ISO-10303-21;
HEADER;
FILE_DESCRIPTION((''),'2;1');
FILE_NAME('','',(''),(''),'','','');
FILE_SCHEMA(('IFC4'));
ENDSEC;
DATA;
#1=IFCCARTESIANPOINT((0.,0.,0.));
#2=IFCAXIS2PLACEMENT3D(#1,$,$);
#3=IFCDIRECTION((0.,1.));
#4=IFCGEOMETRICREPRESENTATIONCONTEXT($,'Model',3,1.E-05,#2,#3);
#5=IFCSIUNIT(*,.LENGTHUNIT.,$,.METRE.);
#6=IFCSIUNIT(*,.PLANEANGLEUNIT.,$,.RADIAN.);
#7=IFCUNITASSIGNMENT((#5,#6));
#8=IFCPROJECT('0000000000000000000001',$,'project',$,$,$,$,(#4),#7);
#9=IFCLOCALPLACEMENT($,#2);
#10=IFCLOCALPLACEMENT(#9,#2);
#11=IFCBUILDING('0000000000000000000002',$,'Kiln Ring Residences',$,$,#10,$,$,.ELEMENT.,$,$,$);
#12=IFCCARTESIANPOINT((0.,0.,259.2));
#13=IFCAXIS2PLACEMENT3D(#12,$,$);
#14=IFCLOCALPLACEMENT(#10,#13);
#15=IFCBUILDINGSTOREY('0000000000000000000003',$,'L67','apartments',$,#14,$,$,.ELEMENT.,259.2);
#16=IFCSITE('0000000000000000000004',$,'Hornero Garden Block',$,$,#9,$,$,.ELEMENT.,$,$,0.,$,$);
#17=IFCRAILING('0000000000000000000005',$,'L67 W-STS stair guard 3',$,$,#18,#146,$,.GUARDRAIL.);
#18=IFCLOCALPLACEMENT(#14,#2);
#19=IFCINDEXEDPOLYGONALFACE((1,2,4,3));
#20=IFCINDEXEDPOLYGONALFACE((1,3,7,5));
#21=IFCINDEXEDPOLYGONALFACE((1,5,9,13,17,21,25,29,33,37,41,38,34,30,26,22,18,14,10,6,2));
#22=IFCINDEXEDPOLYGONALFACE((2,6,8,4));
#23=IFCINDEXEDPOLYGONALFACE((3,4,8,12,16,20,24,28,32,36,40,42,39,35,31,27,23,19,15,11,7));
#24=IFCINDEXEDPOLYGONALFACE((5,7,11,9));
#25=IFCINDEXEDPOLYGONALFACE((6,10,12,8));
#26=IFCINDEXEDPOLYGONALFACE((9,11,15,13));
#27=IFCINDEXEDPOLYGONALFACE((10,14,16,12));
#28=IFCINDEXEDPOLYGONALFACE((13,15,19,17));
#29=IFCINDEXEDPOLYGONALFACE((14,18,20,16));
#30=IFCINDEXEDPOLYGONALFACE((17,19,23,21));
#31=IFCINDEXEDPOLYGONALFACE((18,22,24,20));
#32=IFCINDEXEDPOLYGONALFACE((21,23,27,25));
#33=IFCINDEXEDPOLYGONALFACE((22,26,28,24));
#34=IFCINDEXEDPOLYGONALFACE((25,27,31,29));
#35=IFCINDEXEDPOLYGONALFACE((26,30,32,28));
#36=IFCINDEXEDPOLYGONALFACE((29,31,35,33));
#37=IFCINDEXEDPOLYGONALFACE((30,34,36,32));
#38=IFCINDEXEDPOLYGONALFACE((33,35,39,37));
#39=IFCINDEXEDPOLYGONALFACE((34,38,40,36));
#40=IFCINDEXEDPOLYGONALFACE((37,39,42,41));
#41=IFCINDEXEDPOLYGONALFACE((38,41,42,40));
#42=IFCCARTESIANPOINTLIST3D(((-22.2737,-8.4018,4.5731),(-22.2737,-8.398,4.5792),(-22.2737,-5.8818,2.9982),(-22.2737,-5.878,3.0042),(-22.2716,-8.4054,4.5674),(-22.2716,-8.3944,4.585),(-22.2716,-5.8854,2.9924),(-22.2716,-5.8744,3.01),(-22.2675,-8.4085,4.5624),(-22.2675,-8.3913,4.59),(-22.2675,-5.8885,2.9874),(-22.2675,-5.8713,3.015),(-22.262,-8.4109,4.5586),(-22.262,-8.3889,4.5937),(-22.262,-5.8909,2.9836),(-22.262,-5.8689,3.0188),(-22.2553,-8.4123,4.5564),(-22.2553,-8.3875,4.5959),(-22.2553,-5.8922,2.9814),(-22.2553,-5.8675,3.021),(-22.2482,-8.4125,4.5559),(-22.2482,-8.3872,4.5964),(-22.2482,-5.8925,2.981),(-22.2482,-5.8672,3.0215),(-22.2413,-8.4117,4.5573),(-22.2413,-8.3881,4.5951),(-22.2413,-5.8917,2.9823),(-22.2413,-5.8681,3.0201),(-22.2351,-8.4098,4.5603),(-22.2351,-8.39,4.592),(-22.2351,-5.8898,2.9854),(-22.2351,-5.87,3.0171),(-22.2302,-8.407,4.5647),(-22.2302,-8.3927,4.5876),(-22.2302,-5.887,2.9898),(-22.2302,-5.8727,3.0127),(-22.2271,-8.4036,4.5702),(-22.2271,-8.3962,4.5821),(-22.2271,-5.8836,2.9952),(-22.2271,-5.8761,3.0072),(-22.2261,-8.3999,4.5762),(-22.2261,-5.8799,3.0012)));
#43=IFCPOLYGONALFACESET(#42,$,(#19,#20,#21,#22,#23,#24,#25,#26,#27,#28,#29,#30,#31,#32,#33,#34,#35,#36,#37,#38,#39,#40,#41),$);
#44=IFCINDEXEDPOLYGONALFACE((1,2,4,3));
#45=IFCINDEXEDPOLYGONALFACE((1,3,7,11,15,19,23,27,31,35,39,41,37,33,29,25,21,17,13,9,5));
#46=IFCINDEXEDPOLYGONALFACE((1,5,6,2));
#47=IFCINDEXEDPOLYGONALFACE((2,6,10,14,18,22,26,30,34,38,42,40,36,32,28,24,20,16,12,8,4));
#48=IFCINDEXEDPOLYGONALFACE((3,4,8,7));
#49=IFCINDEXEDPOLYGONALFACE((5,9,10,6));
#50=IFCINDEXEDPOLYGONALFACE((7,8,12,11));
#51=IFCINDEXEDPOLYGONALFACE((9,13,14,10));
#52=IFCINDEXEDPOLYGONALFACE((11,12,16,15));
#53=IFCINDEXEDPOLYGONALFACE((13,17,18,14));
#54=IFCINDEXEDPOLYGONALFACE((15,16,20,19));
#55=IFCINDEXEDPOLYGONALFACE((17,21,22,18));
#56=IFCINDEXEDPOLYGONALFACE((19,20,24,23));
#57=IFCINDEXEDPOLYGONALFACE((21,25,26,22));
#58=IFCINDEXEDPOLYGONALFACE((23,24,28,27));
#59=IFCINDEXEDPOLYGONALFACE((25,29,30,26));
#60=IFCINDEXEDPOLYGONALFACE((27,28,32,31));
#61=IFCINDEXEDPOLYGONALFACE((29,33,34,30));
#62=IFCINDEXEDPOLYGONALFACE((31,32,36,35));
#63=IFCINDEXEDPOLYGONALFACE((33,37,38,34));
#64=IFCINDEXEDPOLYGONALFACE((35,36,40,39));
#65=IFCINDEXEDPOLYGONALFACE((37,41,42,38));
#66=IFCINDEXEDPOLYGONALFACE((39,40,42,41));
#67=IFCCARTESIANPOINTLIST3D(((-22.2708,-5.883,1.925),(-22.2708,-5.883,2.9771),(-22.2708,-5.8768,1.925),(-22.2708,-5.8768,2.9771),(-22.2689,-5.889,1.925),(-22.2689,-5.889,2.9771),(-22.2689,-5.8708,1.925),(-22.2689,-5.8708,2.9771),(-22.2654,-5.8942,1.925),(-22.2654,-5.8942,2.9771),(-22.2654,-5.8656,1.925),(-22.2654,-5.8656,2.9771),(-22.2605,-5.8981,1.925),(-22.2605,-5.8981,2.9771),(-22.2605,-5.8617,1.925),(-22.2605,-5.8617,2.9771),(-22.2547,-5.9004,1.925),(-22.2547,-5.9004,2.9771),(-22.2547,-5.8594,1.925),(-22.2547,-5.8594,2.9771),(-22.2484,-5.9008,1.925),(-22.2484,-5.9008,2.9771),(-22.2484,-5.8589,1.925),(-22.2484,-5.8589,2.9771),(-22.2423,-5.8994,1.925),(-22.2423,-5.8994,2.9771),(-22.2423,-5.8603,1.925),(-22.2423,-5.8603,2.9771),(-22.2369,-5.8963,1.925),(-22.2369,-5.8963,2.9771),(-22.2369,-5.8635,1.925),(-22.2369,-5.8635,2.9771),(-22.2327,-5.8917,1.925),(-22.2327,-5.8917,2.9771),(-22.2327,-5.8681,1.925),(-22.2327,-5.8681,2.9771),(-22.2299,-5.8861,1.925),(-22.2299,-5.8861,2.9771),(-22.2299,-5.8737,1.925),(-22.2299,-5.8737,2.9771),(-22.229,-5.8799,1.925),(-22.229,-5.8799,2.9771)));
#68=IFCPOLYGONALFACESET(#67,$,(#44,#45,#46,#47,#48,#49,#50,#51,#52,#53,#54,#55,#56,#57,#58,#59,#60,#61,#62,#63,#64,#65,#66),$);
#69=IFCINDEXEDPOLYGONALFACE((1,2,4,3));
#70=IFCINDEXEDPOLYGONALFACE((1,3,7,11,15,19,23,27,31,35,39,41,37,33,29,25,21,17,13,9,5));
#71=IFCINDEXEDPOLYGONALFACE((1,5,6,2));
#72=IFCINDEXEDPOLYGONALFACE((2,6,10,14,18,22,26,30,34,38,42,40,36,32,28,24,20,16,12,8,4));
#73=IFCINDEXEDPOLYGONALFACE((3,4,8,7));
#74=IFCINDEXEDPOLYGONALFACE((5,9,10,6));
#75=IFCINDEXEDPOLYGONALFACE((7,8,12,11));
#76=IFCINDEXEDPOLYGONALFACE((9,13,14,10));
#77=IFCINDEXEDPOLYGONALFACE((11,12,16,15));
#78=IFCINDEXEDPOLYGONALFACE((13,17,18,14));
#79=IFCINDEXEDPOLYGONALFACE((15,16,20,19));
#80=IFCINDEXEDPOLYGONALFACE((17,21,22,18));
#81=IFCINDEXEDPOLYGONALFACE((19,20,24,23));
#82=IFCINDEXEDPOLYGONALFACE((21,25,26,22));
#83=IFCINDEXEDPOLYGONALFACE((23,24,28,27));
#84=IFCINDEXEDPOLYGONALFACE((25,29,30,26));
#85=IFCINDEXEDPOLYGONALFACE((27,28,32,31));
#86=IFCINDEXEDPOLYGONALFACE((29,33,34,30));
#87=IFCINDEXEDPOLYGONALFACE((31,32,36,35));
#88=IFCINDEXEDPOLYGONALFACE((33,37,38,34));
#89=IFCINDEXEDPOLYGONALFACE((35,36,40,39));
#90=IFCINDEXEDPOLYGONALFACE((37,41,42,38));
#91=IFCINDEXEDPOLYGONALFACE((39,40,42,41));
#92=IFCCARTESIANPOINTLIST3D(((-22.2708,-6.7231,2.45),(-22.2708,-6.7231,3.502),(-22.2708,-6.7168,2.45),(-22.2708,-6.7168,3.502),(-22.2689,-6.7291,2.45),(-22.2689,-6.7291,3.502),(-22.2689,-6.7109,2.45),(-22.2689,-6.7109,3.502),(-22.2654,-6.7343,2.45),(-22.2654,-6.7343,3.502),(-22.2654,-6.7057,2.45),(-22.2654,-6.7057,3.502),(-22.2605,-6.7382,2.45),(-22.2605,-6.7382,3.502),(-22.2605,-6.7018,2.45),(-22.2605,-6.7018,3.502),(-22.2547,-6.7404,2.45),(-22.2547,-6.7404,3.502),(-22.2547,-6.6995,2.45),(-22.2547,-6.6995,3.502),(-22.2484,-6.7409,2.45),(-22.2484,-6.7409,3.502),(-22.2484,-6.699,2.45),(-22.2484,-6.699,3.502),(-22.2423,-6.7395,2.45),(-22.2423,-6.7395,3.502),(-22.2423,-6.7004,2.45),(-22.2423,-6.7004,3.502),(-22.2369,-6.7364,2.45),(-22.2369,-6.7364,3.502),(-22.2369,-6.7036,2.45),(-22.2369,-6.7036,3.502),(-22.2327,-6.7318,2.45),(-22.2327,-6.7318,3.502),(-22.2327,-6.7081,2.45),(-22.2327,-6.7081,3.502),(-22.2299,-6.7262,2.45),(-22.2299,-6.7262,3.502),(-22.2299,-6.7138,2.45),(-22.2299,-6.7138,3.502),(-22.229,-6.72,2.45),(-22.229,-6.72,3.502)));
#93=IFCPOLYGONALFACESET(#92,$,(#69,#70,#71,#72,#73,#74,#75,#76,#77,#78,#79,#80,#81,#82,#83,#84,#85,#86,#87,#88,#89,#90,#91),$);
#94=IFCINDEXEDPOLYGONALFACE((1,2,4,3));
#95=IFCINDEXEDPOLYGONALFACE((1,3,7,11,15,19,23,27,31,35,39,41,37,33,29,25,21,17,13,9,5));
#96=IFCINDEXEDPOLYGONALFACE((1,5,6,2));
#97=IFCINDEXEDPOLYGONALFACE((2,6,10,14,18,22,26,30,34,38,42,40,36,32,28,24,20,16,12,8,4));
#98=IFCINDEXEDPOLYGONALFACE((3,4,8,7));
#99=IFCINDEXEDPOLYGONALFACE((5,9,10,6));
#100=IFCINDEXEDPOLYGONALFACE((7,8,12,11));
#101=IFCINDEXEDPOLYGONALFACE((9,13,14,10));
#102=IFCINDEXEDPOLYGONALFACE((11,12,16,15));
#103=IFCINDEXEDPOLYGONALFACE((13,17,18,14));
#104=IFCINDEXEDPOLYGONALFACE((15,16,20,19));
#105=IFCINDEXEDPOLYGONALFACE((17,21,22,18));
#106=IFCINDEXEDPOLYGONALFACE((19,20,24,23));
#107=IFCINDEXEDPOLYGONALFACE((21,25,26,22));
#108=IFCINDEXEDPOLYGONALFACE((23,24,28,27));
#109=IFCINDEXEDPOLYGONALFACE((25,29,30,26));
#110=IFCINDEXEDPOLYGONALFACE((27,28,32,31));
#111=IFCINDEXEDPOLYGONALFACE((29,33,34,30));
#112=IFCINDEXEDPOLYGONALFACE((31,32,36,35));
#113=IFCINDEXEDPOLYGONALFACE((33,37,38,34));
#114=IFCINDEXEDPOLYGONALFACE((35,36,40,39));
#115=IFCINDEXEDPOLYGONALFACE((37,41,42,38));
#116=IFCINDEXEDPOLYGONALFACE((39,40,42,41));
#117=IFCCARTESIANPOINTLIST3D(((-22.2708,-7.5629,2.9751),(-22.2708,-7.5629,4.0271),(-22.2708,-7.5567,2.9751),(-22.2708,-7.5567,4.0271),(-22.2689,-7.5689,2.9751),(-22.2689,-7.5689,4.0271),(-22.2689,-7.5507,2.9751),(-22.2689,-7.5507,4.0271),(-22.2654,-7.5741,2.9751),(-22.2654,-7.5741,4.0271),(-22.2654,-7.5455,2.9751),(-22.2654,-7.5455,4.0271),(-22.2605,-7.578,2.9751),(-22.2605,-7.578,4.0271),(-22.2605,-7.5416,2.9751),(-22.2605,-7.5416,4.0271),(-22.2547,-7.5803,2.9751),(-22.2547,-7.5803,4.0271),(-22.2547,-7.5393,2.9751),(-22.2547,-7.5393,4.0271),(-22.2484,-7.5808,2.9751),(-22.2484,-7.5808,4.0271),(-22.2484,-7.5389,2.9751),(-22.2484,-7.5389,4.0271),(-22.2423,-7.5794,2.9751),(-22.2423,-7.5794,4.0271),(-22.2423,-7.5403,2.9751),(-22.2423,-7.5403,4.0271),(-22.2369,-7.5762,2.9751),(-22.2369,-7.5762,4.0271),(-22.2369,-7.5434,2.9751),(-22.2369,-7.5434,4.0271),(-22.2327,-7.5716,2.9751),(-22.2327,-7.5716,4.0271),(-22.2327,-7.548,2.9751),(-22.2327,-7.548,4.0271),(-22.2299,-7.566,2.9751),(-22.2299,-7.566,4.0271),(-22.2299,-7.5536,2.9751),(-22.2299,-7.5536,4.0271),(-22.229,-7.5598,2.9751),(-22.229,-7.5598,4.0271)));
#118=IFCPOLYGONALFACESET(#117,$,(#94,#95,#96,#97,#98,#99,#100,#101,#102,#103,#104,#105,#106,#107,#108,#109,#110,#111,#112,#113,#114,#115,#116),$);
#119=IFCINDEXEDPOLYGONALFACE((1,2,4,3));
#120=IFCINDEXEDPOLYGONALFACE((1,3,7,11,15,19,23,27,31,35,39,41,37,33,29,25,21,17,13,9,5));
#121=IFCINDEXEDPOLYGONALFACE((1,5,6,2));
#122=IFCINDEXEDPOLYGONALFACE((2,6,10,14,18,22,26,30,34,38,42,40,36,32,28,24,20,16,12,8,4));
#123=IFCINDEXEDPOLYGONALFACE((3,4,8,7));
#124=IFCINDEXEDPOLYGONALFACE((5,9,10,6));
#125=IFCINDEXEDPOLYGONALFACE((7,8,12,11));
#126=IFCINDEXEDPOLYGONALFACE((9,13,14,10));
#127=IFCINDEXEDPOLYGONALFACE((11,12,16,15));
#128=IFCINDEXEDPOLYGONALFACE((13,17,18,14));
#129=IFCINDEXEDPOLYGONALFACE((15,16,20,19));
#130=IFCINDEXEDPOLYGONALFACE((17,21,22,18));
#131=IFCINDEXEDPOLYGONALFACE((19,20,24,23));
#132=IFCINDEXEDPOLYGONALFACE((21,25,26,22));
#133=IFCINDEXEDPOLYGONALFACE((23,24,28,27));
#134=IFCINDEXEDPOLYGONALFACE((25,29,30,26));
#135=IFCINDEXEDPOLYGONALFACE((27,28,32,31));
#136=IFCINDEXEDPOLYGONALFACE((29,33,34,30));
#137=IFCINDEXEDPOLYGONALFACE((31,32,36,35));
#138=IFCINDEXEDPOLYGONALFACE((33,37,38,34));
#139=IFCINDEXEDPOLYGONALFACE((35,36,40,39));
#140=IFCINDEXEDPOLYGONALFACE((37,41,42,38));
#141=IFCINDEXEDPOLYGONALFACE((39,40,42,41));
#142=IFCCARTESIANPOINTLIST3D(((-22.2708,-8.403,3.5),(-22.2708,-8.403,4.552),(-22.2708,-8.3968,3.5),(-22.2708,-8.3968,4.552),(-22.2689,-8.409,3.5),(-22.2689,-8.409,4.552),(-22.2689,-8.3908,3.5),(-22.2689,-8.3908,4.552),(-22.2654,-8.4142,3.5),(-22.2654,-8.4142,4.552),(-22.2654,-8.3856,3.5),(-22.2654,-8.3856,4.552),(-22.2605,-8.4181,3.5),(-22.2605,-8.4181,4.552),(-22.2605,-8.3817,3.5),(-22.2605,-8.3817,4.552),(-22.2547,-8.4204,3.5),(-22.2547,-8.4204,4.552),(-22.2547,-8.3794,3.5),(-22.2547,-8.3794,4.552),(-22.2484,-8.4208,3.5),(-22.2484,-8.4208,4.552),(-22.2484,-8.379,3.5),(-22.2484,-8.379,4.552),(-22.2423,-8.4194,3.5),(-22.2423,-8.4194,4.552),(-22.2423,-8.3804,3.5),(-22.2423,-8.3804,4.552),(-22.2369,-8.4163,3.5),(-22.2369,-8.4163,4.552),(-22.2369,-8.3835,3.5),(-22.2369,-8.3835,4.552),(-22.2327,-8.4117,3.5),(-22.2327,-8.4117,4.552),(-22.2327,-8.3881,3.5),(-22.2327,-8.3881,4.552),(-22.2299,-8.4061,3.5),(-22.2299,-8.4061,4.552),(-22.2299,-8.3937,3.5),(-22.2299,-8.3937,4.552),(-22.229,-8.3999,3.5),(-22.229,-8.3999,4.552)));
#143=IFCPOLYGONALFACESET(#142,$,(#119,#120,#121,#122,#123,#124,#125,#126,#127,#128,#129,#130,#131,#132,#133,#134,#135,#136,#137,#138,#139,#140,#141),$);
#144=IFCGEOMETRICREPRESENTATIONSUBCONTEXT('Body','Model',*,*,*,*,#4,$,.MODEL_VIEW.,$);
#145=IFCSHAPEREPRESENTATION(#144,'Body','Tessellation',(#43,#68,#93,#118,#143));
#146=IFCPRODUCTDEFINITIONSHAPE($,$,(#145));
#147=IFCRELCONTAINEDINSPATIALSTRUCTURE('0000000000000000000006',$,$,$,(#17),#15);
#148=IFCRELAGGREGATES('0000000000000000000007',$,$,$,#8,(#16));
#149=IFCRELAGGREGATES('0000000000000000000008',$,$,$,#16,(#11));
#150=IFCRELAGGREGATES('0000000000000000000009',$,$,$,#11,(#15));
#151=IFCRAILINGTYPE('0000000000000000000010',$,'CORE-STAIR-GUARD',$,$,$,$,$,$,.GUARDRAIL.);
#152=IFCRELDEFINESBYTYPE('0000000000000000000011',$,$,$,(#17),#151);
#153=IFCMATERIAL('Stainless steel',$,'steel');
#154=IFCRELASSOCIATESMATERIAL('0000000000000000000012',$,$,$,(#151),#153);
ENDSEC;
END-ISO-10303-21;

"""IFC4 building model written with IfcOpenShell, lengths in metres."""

from ifc_helpers import new_model, si_unit, direction, frame, origin, origin_2d, place, context, subcontext, project, spatial, circle, extrude, material, type_object, element, save


model = new_model("IFC4")

# Units and contexts
model_context = context("Model", 3, precision=1e-05, world=origin(), true_north=direction((0.0, 1.0)))
body_context = subcontext(model_context, "Body", "Model", "MODEL_VIEW")
ifc_project = project(units=[si_unit("LENGTHUNIT", "METRE"), si_unit("PLANEANGLEUNIT", "RADIAN")], contexts=[model_context])

# Site, building, storey
site_placement = place(None, origin())
site = spatial("IfcSite", under=ifc_project, at=site_placement, Name="Hornero Garden Block", CompositionType="ELEMENT", RefElevation=0.0)
building_placement = place(site_placement, origin())
building = spatial("IfcBuilding", under=site, at=building_placement, Name="Kiln Ring Residences", CompositionType="ELEMENT")
storey_placement = place(building_placement, frame((0.0, 0.0, 259.2)))
storey = spatial("IfcBuildingStorey", under=building, at=storey_placement, Name="L67", Description="apartments", CompositionType="ELEMENT", Elevation=259.2)

# Railing
ifc_material_1 = material(Name="Stainless steel", Category="steel")
railing_type_1 = type_object("IfcRailingType", Name="CORE-STAIR-GUARD", PredefinedType="GUARDRAIL", material=ifc_material_1)
railing_1_placement = place(storey_placement, frame((-22.25, -5.8799, 1.925)))
element("IfcRailing", 1, at=railing_1_placement, inside=storey, type_object=railing_type_1, Name="L67 W-STS stair guard 3", PredefinedType="GUARDRAIL", context=body_context, shape_type="SweptSolid", body=[
    extrude(circle(Radius=0.0239, at=origin_2d()), frame((0.0, 0.0, 1.0762), z_axis=(0.0, -0.848008, 0.529984), x_axis=(1.0, 0.0, 0.0)), (0.0, 0.0, 1.0), 2.9717),
    extrude(circle(Radius=0.021, at=origin_2d()), origin(), (0.0, 0.0, 1.0), 1.052),
    extrude(circle(Radius=0.021, at=origin_2d()), frame((0.0, -0.8401, 0.5249)), (0.0, 0.0, 1.0), 1.052),
    extrude(circle(Radius=0.021, at=origin_2d()), frame((0.0, -1.6799, 1.05)), (0.0, 0.0, 1.0), 1.052),
    extrude(circle(Radius=0.021, at=origin_2d()), frame((0.0, -2.52, 1.575)), (0.0, 0.0, 1.0), 1.052),
])

save(model, "model.ifc")
